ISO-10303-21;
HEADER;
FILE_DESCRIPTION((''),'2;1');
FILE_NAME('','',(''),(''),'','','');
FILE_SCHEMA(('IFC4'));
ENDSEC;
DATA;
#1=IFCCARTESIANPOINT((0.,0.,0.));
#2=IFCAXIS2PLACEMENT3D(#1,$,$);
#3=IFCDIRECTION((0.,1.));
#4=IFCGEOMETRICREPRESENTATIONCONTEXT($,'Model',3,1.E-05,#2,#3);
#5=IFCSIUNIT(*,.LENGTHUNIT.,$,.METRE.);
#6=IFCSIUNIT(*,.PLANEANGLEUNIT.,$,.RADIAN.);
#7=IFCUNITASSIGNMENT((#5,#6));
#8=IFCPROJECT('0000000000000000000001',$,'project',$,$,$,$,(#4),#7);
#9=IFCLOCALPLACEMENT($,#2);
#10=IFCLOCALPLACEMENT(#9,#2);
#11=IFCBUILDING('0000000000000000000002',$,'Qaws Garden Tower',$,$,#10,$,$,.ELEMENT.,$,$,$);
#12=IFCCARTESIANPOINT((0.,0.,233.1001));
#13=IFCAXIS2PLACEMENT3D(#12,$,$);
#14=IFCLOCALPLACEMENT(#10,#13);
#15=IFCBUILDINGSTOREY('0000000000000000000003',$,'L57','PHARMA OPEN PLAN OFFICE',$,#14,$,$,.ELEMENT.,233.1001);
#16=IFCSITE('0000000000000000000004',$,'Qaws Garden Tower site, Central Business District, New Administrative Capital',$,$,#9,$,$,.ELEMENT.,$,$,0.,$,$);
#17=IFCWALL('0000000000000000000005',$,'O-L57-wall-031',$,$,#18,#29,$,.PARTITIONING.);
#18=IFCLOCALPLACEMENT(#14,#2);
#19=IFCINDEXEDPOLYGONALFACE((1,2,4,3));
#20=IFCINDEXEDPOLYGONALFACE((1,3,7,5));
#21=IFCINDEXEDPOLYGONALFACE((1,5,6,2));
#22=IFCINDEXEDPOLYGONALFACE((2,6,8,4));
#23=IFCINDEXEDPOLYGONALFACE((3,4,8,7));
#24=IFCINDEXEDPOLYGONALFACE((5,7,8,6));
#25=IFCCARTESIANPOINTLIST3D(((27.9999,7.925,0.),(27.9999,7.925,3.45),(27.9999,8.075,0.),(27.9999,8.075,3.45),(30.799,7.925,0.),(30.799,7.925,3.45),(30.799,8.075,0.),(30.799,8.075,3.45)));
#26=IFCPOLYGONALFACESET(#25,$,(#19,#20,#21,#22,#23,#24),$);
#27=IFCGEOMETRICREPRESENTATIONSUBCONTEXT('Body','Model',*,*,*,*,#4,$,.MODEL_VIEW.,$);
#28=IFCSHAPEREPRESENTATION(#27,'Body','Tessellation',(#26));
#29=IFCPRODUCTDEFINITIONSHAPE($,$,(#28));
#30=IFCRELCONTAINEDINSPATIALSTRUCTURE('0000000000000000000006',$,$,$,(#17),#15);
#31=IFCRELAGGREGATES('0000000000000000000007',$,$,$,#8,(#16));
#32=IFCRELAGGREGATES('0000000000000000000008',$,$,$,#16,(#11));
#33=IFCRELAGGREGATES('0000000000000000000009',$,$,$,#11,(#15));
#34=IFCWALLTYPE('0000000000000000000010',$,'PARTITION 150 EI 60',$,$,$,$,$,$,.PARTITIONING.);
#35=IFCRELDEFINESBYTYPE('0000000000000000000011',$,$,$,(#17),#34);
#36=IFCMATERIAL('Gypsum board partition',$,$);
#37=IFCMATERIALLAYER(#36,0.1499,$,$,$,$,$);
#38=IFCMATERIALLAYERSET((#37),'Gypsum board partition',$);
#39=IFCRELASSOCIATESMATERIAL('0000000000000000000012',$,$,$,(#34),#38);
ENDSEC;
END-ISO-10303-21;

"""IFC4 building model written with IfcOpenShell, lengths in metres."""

from ifc_helpers import new_model, si_unit, direction, frame, frame_2d, origin, place, context, subcontext, project, spatial, rectangle, extrude, material, layer, layer_set, type_object, element, save


model = new_model("IFC4")

# Units and contexts
model_context = context("Model", 3, precision=1e-05, world=origin(), true_north=direction((0.0, 1.0)))
body_context = subcontext(model_context, "Body", "Model", "MODEL_VIEW")
ifc_project = project(units=[si_unit("LENGTHUNIT", "METRE"), si_unit("PLANEANGLEUNIT", "RADIAN")], contexts=[model_context])

# Site, building, storey
site_placement = place(None, origin())
site = spatial("IfcSite", under=ifc_project, at=site_placement, Name="Qaws Garden Tower site, Central Business District, New Administrative Capital", CompositionType="ELEMENT", RefElevation=0.0)
building_placement = place(site_placement, origin())
building = spatial("IfcBuilding", under=site, at=building_placement, Name="Qaws Garden Tower", CompositionType="ELEMENT")
storey_placement = place(building_placement, frame((0.0, 0.0, 233.1001)))
storey = spatial("IfcBuildingStorey", under=building, at=storey_placement, Name="L57", Description="PHARMA OPEN PLAN OFFICE", CompositionType="ELEMENT", Elevation=233.1001)

# Shared definitions
ifc_material_1 = material(Name="Gypsum board partition")
ifc_layer_1 = layer(ifc_material_1, 0.1499)
ifc_layer_set_1 = layer_set([ifc_layer_1], Name="Gypsum board partition")
wall_type_1 = type_object("IfcWallType", Name="PARTITION 150 EI 60", PredefinedType="PARTITIONING", material=ifc_layer_set_1)

# Wall
wall_1_placement = place(storey_placement, frame((28.0, 8.0, 0.0), z_axis=(0.0, 0.0, 1.0), x_axis=(1.0, 0.0, 0.0)))
element("IfcWall", 1, at=wall_1_placement, inside=storey, type_object=wall_type_1, Name="O-L57-wall-031", PredefinedType="PARTITIONING", context=body_context, shape_type="SweptSolid", body=[
    extrude(rectangle(XDim=2.7991, YDim=0.1499, at=frame_2d((1.3994, 0.0))), origin(), (0.0, 0.0, 1.0), 3.45),
])

save(model, "model.ifc")
